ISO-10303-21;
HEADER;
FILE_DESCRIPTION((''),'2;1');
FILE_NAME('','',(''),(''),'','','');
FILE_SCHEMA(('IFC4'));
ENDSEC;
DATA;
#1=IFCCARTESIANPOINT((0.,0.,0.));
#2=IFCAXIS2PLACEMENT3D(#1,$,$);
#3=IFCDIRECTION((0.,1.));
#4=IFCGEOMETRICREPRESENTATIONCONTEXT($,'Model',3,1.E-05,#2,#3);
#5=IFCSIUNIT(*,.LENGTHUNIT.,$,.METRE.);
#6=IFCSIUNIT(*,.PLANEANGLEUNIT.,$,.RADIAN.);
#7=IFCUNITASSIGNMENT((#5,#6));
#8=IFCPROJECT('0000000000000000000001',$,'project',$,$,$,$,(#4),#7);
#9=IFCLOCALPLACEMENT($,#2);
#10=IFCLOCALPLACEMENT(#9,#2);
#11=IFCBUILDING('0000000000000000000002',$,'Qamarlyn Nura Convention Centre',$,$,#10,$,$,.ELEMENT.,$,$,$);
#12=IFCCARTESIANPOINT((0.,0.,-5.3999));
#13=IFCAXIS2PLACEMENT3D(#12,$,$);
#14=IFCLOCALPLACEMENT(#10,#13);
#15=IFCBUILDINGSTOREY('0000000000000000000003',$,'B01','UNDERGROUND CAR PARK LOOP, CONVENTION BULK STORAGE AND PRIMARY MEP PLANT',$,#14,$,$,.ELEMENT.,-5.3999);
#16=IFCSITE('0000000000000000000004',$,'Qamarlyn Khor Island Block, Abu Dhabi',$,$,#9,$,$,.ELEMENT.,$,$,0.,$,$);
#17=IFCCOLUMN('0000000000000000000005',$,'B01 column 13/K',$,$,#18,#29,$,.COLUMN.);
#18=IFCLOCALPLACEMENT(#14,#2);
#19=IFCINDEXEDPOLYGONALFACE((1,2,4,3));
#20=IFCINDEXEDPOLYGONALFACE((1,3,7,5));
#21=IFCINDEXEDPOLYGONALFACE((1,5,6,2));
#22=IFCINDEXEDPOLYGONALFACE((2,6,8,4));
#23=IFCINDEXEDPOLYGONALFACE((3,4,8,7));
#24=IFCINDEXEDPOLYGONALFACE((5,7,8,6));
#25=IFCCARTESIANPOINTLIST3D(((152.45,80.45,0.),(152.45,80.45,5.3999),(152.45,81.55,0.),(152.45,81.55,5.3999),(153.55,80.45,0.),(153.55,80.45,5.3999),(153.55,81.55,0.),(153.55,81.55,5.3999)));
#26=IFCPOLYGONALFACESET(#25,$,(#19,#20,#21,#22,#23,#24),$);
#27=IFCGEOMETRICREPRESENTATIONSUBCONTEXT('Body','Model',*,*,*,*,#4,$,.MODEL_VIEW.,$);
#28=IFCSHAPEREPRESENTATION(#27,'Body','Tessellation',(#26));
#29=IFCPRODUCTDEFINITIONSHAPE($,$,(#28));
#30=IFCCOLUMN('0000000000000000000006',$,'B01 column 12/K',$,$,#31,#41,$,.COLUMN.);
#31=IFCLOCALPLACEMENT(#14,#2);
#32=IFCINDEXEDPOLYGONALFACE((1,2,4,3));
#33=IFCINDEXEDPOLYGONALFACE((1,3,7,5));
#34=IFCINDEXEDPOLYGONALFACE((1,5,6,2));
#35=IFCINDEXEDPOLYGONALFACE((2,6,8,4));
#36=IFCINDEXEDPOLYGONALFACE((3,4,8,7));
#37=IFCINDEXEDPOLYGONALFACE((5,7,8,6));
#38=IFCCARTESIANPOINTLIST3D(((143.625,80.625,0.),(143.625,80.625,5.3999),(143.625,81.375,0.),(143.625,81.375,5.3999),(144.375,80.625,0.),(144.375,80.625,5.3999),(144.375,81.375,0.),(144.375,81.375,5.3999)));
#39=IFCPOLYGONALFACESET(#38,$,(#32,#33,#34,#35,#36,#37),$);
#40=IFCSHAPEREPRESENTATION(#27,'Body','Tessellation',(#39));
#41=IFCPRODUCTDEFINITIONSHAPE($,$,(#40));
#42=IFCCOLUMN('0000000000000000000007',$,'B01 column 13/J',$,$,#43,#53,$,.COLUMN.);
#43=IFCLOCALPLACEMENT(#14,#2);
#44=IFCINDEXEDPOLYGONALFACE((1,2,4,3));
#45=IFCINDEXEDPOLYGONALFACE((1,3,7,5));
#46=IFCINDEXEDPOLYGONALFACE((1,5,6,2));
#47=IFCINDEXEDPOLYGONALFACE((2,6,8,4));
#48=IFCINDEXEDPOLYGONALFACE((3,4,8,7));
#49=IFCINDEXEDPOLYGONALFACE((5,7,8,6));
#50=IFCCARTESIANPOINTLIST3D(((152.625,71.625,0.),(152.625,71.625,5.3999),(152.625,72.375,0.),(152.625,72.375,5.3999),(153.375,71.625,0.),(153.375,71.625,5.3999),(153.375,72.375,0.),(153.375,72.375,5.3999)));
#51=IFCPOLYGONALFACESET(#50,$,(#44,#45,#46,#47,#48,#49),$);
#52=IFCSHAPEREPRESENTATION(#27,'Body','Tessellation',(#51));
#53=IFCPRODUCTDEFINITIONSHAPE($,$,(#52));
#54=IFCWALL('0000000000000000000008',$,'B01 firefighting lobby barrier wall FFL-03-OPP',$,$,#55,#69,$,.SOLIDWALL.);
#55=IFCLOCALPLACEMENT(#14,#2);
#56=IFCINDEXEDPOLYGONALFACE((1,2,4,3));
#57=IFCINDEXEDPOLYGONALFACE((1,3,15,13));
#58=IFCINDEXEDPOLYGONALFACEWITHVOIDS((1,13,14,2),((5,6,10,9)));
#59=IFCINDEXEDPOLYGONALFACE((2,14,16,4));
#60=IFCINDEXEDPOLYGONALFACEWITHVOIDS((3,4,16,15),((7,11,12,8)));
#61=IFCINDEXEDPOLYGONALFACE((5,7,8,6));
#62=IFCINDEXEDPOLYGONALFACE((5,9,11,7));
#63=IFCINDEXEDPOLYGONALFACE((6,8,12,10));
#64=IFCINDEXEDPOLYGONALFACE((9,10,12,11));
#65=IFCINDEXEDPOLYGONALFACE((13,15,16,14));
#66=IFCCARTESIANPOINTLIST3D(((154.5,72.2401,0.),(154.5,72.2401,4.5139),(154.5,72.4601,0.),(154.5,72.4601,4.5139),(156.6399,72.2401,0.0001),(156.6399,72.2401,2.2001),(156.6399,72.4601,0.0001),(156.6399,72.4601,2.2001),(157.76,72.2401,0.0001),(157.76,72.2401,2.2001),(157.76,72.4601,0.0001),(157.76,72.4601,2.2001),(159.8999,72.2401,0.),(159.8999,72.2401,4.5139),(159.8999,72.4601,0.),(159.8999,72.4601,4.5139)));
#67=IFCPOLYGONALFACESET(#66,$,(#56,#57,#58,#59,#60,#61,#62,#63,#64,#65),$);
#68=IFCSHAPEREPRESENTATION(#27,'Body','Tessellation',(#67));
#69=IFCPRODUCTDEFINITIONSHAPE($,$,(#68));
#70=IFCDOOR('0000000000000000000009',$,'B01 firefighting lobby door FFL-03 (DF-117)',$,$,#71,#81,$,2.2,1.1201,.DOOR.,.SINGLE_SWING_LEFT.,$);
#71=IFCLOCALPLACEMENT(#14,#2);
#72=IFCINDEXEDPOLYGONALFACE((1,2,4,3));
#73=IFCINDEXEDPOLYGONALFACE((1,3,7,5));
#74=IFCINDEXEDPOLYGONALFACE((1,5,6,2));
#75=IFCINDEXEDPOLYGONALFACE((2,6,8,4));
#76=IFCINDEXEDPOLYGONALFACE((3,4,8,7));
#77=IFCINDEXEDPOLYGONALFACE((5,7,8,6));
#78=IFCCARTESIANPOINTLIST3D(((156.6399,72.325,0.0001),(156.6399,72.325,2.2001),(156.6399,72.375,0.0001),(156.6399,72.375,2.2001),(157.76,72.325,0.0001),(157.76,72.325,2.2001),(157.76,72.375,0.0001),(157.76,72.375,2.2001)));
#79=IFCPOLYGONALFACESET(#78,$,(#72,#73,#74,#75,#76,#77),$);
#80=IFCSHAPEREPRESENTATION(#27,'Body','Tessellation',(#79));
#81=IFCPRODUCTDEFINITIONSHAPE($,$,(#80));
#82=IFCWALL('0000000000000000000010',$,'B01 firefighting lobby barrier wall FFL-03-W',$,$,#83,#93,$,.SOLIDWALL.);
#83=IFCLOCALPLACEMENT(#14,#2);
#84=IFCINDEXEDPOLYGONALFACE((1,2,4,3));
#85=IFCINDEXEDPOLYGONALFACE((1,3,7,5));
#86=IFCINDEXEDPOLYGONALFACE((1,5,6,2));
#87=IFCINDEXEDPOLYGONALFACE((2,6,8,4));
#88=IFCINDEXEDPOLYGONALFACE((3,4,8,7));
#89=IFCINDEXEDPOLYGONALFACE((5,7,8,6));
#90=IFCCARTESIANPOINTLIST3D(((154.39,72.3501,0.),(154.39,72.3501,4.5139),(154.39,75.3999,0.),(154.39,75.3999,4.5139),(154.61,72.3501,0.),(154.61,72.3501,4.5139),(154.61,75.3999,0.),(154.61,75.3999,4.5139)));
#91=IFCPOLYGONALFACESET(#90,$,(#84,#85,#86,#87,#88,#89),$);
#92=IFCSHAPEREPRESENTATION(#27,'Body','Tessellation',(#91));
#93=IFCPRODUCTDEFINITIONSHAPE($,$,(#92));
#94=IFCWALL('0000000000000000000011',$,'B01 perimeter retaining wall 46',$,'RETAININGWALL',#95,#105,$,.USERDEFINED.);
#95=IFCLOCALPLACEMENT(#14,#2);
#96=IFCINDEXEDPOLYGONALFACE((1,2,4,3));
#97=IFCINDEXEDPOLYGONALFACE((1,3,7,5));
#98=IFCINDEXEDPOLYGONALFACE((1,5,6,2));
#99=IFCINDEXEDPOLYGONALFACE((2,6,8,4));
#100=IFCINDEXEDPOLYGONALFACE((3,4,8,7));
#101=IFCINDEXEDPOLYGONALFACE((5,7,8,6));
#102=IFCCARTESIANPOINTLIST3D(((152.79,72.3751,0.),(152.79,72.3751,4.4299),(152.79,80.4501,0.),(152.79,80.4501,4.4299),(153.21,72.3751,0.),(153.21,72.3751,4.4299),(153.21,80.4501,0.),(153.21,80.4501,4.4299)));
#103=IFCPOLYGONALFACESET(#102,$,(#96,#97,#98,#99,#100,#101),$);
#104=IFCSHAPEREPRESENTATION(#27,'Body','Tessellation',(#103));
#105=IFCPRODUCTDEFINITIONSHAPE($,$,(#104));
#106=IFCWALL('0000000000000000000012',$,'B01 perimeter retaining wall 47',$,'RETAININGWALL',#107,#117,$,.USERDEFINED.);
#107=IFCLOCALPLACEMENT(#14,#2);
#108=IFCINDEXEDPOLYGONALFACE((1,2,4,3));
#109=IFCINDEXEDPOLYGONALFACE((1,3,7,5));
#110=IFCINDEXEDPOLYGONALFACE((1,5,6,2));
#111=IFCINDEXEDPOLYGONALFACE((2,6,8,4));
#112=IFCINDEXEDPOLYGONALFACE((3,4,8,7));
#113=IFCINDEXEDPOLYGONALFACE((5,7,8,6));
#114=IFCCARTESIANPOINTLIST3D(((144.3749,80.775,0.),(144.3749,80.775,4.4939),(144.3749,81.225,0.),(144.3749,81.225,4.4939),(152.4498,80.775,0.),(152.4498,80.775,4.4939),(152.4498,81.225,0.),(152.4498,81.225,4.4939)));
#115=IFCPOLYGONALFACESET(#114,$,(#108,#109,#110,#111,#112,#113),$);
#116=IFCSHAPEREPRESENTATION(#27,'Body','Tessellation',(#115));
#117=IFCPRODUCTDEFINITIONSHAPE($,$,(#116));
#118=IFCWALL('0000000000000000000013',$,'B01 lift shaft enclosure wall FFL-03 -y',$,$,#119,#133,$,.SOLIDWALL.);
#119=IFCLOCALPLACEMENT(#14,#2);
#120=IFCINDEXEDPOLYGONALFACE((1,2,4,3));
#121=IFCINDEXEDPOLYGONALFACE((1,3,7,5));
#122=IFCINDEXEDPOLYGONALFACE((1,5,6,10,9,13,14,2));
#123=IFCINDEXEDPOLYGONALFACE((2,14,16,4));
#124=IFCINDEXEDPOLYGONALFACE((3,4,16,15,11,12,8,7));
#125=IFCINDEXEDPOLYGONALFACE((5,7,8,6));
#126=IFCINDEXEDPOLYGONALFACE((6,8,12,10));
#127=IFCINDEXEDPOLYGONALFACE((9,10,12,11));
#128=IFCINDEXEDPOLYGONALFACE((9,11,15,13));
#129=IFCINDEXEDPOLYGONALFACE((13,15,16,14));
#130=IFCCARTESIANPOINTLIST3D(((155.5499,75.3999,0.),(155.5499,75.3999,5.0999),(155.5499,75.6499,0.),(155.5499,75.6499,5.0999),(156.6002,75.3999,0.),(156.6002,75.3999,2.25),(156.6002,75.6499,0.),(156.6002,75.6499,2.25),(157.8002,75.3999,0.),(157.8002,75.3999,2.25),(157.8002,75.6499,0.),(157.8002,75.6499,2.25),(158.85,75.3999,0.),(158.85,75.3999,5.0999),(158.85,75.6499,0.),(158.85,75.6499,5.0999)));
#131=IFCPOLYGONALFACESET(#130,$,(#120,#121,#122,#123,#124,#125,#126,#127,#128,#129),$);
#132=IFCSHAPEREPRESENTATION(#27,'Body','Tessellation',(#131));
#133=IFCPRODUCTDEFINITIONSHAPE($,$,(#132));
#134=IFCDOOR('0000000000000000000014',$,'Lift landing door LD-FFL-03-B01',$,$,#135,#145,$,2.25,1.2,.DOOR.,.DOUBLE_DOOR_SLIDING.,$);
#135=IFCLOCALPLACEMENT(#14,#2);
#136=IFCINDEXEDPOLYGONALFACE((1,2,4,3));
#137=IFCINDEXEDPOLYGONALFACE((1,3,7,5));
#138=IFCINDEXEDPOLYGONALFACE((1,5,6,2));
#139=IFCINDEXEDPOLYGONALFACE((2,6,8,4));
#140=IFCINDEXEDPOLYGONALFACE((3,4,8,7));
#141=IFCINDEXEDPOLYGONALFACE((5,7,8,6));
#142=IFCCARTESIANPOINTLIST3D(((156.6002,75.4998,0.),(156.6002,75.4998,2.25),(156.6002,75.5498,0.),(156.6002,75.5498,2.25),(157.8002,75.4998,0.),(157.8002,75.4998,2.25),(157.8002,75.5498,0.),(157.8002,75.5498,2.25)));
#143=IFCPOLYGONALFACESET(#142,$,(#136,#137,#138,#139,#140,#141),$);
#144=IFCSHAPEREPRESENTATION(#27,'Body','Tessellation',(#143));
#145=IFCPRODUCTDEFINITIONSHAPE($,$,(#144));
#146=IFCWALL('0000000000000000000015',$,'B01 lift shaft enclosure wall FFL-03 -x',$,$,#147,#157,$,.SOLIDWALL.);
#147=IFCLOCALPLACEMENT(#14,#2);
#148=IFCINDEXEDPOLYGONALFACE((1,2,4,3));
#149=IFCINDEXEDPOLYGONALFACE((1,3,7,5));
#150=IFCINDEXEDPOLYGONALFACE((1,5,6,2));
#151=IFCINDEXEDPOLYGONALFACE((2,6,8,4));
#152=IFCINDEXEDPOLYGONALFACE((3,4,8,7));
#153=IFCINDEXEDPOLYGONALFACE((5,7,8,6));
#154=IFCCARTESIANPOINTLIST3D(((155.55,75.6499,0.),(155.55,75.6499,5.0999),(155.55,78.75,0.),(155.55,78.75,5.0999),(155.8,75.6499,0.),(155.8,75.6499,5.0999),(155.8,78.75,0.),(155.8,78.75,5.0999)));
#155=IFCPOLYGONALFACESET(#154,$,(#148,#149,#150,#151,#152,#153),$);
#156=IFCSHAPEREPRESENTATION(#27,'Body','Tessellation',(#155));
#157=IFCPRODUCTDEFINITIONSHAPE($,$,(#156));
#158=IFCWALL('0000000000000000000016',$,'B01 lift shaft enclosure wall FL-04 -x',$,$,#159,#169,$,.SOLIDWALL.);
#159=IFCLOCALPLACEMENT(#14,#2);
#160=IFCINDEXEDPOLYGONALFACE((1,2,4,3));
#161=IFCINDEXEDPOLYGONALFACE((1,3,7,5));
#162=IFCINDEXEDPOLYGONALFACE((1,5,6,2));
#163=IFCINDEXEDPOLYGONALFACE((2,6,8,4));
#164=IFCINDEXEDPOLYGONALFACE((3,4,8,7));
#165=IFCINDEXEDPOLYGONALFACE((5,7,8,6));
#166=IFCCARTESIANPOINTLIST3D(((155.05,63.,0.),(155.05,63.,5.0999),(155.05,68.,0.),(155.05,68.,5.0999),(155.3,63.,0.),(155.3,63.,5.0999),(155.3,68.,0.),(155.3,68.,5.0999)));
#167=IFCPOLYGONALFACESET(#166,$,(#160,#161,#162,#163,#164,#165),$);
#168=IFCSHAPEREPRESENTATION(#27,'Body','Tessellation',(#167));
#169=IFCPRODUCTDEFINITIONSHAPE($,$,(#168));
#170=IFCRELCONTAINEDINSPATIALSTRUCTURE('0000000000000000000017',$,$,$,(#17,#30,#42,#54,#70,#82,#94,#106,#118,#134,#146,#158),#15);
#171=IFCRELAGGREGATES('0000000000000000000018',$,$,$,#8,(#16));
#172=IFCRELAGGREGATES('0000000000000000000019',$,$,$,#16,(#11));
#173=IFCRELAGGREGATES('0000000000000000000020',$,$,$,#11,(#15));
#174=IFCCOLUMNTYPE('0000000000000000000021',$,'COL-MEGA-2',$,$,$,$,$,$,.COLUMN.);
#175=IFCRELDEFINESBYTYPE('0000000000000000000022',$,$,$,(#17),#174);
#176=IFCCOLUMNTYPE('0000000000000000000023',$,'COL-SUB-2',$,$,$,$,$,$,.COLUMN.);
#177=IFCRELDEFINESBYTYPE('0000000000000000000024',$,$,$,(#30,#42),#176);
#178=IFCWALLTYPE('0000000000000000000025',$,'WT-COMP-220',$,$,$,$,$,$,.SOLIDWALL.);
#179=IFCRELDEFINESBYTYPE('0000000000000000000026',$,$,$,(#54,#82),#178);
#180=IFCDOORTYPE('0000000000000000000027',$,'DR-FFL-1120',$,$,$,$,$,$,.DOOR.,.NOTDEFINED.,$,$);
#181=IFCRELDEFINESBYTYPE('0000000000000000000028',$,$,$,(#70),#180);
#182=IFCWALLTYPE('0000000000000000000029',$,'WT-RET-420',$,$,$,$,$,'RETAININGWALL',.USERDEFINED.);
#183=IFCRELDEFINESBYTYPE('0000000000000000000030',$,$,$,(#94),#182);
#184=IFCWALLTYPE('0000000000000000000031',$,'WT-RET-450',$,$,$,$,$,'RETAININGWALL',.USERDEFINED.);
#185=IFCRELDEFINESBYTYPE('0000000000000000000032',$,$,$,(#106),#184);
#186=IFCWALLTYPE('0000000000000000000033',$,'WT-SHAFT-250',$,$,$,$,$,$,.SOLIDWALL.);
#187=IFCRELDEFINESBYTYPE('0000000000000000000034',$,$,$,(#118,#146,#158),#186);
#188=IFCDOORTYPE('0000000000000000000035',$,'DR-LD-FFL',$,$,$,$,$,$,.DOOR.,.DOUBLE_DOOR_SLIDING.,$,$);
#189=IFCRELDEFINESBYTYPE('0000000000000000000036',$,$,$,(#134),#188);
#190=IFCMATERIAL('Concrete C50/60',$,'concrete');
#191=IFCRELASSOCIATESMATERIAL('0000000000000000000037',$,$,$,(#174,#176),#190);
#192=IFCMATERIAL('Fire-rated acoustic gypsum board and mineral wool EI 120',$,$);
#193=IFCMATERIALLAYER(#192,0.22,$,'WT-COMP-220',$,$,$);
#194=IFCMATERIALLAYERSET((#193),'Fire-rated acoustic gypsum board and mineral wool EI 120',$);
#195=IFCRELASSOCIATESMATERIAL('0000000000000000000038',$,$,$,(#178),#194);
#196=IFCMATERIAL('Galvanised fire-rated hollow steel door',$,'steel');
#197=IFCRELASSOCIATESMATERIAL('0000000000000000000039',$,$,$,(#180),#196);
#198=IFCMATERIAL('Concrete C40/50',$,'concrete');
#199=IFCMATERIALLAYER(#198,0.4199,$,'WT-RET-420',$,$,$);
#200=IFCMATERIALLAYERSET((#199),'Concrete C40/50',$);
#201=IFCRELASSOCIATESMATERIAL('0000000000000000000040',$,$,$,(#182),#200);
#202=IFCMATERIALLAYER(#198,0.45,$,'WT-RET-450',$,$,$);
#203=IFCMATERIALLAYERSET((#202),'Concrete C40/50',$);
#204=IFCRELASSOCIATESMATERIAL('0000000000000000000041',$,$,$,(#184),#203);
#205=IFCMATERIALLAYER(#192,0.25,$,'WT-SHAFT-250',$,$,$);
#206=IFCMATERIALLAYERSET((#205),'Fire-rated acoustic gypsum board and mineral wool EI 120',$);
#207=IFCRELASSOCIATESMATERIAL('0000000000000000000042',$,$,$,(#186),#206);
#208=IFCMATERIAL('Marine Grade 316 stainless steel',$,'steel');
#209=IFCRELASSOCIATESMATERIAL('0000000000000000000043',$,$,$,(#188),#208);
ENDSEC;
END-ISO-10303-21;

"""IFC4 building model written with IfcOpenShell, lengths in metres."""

from ifc_helpers import new_model, si_unit, direction, frame, frame_2d, origin, origin_2d, place, context, subcontext, project, spatial, rectangle, extrude, material, layer, layer_set, material_profile, profile_set, type_object, element, fill, save


model = new_model("IFC4")

# Units and contexts
model_context = context("Model", 3, precision=1e-05, world=origin(), true_north=direction((0.0, 1.0)))
body_context = subcontext(model_context, "Body", "Model", "MODEL_VIEW")
ifc_project = project(units=[si_unit("LENGTHUNIT", "METRE"), si_unit("PLANEANGLEUNIT", "RADIAN")], contexts=[model_context])

# Site, building, storey
site_placement = place(None, origin())
site = spatial("IfcSite", under=ifc_project, at=site_placement, Name="Qamarlyn Khor Island Block, Abu Dhabi", CompositionType="ELEMENT", RefElevation=0.0)
building_placement = place(site_placement, origin())
building = spatial("IfcBuilding", under=site, at=building_placement, Name="Qamarlyn Nura Convention Centre", CompositionType="ELEMENT")
storey_placement = place(building_placement, frame((0.0, 0.0, -5.3999)))
storey = spatial("IfcBuildingStorey", under=building, at=storey_placement, Name="B01", Description="UNDERGROUND CAR PARK LOOP, CONVENTION BULK STORAGE AND PRIMARY MEP PLANT", CompositionType="ELEMENT", Elevation=-5.3999)

# Shared definitions
ifc_material_1 = material(Name="Concrete C40/50", Category="concrete")

# Columns
ifc_material_2 = material(Name="Concrete C50/60", Category="concrete")
ifc_material_profile_1 = material_profile(ifc_material_2, rectangle(XDim=1.1001, YDim=1.1001, at=origin_2d()), Name="RC 1100x1100")
ifc_profile_set_1 = profile_set([ifc_material_profile_1], Name="Concrete C50/60")
column_type_1 = type_object("IfcColumnType", Name="COL-MEGA-2", PredefinedType="COLUMN", material=ifc_profile_set_1)
column_placement = place(storey_placement, frame((153.0, 81.0, 0.0), z_axis=(0.0, 0.0, 1.0), x_axis=(1.0, 0.0, 0.0)))
element("IfcColumn", 1, at=column_placement, inside=storey, type_object=column_type_1, Name="B01 column 13/K", PredefinedType="COLUMN", context=body_context, shape_type="SweptSolid", body=[
    extrude(rectangle(XDim=1.1001, YDim=1.1001, at=origin_2d()), origin(), (0.0, 0.0, 1.0), 5.3999),
])
ifc_material_profile_2 = material_profile(ifc_material_2, rectangle(XDim=0.75, YDim=0.75, at=origin_2d()), Name="RC 750x750")
ifc_profile_set_2 = profile_set([ifc_material_profile_2], Name="Concrete C50/60")
column_type_2 = type_object("IfcColumnType", Name="COL-SUB-2", PredefinedType="COLUMN", material=ifc_profile_set_2)
for number, where, z_axis, x_axis, name in (
    (2, (144.0, 81.0, 0.0), (0.0, 0.0, 1.0), (1.0, 0.0, 0.0), "B01 column 12/K"),
    (3, (153.0, 72.0, 0.0), (0.0, 0.0, 1.0), (1.0, 0.0, 0.0), "B01 column 13/J"),
):
    element("IfcColumn", number, at=place(storey_placement, frame(where, z_axis=z_axis, x_axis=x_axis)), inside=storey, type_object=column_type_2, Name=name, PredefinedType="COLUMN", context=body_context, shape_type="SweptSolid", body=[
        extrude(rectangle(XDim=0.75, YDim=0.75, at=origin_2d()), origin(), (0.0, 0.0, 1.0), 5.3999),
    ])

# Wall, opening, door
ifc_material_3 = material(Name="Fire-rated acoustic gypsum board and mineral wool EI 120")
ifc_layer_1 = layer(ifc_material_3, 0.22, Name="WT-COMP-220")
ifc_layer_set_1 = layer_set([ifc_layer_1], Name="Fire-rated acoustic gypsum board and mineral wool EI 120")
wall_type_1 = type_object("IfcWallType", Name="WT-COMP-220", PredefinedType="SOLIDWALL", material=ifc_layer_set_1)
wall_1_placement = place(storey_placement, frame((154.5, 72.3501, 0.0), z_axis=(0.0, 0.0, 1.0), x_axis=(1.0, 0.0, 0.0)))
wall_1 = element("IfcWall", 4, at=wall_1_placement, inside=storey, type_object=wall_type_1, Name="B01 firefighting lobby barrier wall FFL-03-OPP", PredefinedType="SOLIDWALL", context=body_context, shape_type="SweptSolid", body=[
    extrude(rectangle(XDim=5.3999, YDim=0.22, at=frame_2d((2.7, 0.0))), origin(), (0.0, 0.0, 1.0), 4.5139),
])
opening_1_placement = place(wall_1_placement, frame((2.1399, 0.0, 0.0)))
opening_1 = element("IfcOpeningElement", 5, at=opening_1_placement, cuts=wall_1, PredefinedType="OPENING", context=body_context, shape_type="SweptSolid", body=[
    extrude(rectangle(XDim=1.1201, YDim=2.2, at=frame_2d((0.5601, 1.1001))), frame((0.0, 0.1201, 0.0), z_axis=(0.0, -1.0, 0.0), x_axis=(1.0, 0.0, 0.0)), (0.0, 0.0, 1.0), 0.24),
])
ifc_material_4 = material(Name="Galvanised fire-rated hollow steel door", Category="steel")
door_type_1 = type_object("IfcDoorType", Name="DR-FFL-1120", OperationType="NOTDEFINED", PredefinedType="DOOR", material=ifc_material_4)
door_1_placement = place(opening_1_placement, origin())
door_1 = element("IfcDoor", 6, at=door_1_placement, inside=storey, type_object=door_type_1, Name="B01 firefighting lobby door FFL-03 (DF-117)", OperationType="SINGLE_SWING_LEFT", OverallHeight=2.2, OverallWidth=1.1201, PredefinedType="DOOR", context=body_context, shape_type="SweptSolid", body=[
    extrude(rectangle(XDim=1.1201, YDim=2.2, at=frame_2d((0.5601, 1.1001))), frame((0.0, 0.0249, 0.0), z_axis=(0.0, -1.0, 0.0), x_axis=(1.0, 0.0, 0.0)), (0.0, 0.0, 1.0), 0.05),
])
fill(opening_1, door_1)

# Walls
wall_2_placement = place(storey_placement, frame((154.5, 72.3501, 0.0), z_axis=(0.0, 0.0, 1.0), x_axis=(0.0, 1.0, 0.0)))
element("IfcWall", 7, at=wall_2_placement, inside=storey, type_object=wall_type_1, Name="B01 firefighting lobby barrier wall FFL-03-W", PredefinedType="SOLIDWALL", context=body_context, shape_type="SweptSolid", body=[
    extrude(rectangle(XDim=3.0498, YDim=0.22, at=frame_2d((1.5249, 0.0))), origin(), (0.0, 0.0, 1.0), 4.5139),
])
ifc_layer_2 = layer(ifc_material_1, 0.4199, Name="WT-RET-420")
ifc_layer_set_2 = layer_set([ifc_layer_2], Name="Concrete C40/50")
wall_type_2 = type_object("IfcWallType", Name="WT-RET-420", ElementType="RETAININGWALL", PredefinedType="USERDEFINED", material=ifc_layer_set_2)
wall_3_placement = place(storey_placement, frame((153.0, 72.375, 0.0), z_axis=(0.0, 0.0, 1.0), x_axis=(0.0, 1.0, 0.0)))
element("IfcWall", 8, at=wall_3_placement, inside=storey, type_object=wall_type_2, Name="B01 perimeter retaining wall 46", ObjectType="RETAININGWALL", PredefinedType="USERDEFINED", context=body_context, shape_type="SweptSolid", body=[
    extrude(rectangle(XDim=8.075, YDim=0.4199, at=frame_2d((4.0376, 0.0))), origin(), (0.0, 0.0, 1.0), 4.4299),
])
ifc_layer_3 = layer(ifc_material_1, 0.45, Name="WT-RET-450")
ifc_layer_set_3 = layer_set([ifc_layer_3], Name="Concrete C40/50")
wall_type_3 = type_object("IfcWallType", Name="WT-RET-450", ElementType="RETAININGWALL", PredefinedType="USERDEFINED", material=ifc_layer_set_3)
wall_4_placement = place(storey_placement, frame((152.45, 81.0, 0.0), z_axis=(0.0, 0.0, 1.0), x_axis=(-1.0, 0.0, 0.0)))
element("IfcWall", 9, at=wall_4_placement, inside=storey, type_object=wall_type_3, Name="B01 perimeter retaining wall 47", ObjectType="RETAININGWALL", PredefinedType="USERDEFINED", context=body_context, shape_type="SweptSolid", body=[
    extrude(rectangle(XDim=8.075, YDim=0.45, at=frame_2d((4.0376, 0.0))), origin(), (0.0, 0.0, 1.0), 4.4939),
])

# Wall, opening, door
ifc_layer_4 = layer(ifc_material_3, 0.25, Name="WT-SHAFT-250")
ifc_layer_set_4 = layer_set([ifc_layer_4], Name="Fire-rated acoustic gypsum board and mineral wool EI 120")
wall_type_4 = type_object("IfcWallType", Name="WT-SHAFT-250", PredefinedType="SOLIDWALL", material=ifc_layer_set_4)
wall_5_placement = place(storey_placement, frame((155.55, 75.5249, 0.0), z_axis=(0.0, 0.0, 1.0), x_axis=(1.0, 0.0, 0.0)))
wall_5 = element("IfcWall", 10, at=wall_5_placement, inside=storey, type_object=wall_type_4, Name="B01 lift shaft enclosure wall FFL-03 -y", PredefinedType="SOLIDWALL", context=body_context, shape_type="SweptSolid", body=[
    extrude(rectangle(XDim=3.3, YDim=0.25, at=frame_2d((1.6499, 0.0))), origin(), (0.0, 0.0, 1.0), 5.0999),
])
opening_2_placement = place(wall_5_placement, frame((1.05, 0.0, 0.0)))
opening_2 = element("IfcOpeningElement", 11, at=opening_2_placement, cuts=wall_5, PredefinedType="OPENING", context=body_context, shape_type="SweptSolid", body=[
    extrude(rectangle(XDim=1.2, YDim=2.25, at=frame_2d((0.6001, 1.125))), frame((0.0, 0.135, 0.0), z_axis=(0.0, -1.0, 0.0), x_axis=(1.0, 0.0, 0.0)), (0.0, 0.0, 1.0), 0.27),
])
ifc_material_5 = material(Name="Marine Grade 316 stainless steel", Category="steel")
door_type_2 = type_object("IfcDoorType", Name="DR-LD-FFL", OperationType="DOUBLE_DOOR_SLIDING", PredefinedType="DOOR", material=ifc_material_5)
door_2_placement = place(opening_2_placement, origin())
door_2 = element("IfcDoor", 12, at=door_2_placement, inside=storey, type_object=door_type_2, Name="Lift landing door LD-FFL-03-B01", OperationType="DOUBLE_DOOR_SLIDING", OverallHeight=2.25, OverallWidth=1.2, PredefinedType="DOOR", context=body_context, shape_type="SweptSolid", body=[
    extrude(rectangle(XDim=1.2, YDim=2.25, at=frame_2d((0.6001, 1.125))), frame((0.0, 0.0249, 0.0), z_axis=(0.0, -1.0, 0.0), x_axis=(1.0, 0.0, 0.0)), (0.0, 0.0, 1.0), 0.05),
])
fill(opening_2, door_2)

# Walls
wall_6_placement = place(storey_placement, frame((155.675, 78.75, 0.0), z_axis=(0.0, 0.0, 1.0), x_axis=(0.0, -1.0, 0.0)))
element("IfcWall", 13, at=wall_6_placement, inside=storey, type_object=wall_type_4, Name="B01 lift shaft enclosure wall FFL-03 -x", PredefinedType="SOLIDWALL", context=body_context, shape_type="SweptSolid", body=[
    extrude(rectangle(XDim=3.1001, YDim=0.25, at=frame_2d((1.55, 0.0))), origin(), (0.0, 0.0, 1.0), 5.0999),
])
wall_7_placement = place(storey_placement, frame((155.175, 68.0, 0.0), z_axis=(0.0, 0.0, 1.0), x_axis=(0.0, -1.0, 0.0)))
element("IfcWall", 14, at=wall_7_placement, inside=storey, type_object=wall_type_4, Name="B01 lift shaft enclosure wall FL-04 -x", PredefinedType="SOLIDWALL", context=body_context, shape_type="SweptSolid", body=[
    extrude(rectangle(XDim=5.0, YDim=0.25, at=frame_2d((2.5, 0.0))), origin(), (0.0, 0.0, 1.0), 5.0999),
])

save(model, "model.ifc")
